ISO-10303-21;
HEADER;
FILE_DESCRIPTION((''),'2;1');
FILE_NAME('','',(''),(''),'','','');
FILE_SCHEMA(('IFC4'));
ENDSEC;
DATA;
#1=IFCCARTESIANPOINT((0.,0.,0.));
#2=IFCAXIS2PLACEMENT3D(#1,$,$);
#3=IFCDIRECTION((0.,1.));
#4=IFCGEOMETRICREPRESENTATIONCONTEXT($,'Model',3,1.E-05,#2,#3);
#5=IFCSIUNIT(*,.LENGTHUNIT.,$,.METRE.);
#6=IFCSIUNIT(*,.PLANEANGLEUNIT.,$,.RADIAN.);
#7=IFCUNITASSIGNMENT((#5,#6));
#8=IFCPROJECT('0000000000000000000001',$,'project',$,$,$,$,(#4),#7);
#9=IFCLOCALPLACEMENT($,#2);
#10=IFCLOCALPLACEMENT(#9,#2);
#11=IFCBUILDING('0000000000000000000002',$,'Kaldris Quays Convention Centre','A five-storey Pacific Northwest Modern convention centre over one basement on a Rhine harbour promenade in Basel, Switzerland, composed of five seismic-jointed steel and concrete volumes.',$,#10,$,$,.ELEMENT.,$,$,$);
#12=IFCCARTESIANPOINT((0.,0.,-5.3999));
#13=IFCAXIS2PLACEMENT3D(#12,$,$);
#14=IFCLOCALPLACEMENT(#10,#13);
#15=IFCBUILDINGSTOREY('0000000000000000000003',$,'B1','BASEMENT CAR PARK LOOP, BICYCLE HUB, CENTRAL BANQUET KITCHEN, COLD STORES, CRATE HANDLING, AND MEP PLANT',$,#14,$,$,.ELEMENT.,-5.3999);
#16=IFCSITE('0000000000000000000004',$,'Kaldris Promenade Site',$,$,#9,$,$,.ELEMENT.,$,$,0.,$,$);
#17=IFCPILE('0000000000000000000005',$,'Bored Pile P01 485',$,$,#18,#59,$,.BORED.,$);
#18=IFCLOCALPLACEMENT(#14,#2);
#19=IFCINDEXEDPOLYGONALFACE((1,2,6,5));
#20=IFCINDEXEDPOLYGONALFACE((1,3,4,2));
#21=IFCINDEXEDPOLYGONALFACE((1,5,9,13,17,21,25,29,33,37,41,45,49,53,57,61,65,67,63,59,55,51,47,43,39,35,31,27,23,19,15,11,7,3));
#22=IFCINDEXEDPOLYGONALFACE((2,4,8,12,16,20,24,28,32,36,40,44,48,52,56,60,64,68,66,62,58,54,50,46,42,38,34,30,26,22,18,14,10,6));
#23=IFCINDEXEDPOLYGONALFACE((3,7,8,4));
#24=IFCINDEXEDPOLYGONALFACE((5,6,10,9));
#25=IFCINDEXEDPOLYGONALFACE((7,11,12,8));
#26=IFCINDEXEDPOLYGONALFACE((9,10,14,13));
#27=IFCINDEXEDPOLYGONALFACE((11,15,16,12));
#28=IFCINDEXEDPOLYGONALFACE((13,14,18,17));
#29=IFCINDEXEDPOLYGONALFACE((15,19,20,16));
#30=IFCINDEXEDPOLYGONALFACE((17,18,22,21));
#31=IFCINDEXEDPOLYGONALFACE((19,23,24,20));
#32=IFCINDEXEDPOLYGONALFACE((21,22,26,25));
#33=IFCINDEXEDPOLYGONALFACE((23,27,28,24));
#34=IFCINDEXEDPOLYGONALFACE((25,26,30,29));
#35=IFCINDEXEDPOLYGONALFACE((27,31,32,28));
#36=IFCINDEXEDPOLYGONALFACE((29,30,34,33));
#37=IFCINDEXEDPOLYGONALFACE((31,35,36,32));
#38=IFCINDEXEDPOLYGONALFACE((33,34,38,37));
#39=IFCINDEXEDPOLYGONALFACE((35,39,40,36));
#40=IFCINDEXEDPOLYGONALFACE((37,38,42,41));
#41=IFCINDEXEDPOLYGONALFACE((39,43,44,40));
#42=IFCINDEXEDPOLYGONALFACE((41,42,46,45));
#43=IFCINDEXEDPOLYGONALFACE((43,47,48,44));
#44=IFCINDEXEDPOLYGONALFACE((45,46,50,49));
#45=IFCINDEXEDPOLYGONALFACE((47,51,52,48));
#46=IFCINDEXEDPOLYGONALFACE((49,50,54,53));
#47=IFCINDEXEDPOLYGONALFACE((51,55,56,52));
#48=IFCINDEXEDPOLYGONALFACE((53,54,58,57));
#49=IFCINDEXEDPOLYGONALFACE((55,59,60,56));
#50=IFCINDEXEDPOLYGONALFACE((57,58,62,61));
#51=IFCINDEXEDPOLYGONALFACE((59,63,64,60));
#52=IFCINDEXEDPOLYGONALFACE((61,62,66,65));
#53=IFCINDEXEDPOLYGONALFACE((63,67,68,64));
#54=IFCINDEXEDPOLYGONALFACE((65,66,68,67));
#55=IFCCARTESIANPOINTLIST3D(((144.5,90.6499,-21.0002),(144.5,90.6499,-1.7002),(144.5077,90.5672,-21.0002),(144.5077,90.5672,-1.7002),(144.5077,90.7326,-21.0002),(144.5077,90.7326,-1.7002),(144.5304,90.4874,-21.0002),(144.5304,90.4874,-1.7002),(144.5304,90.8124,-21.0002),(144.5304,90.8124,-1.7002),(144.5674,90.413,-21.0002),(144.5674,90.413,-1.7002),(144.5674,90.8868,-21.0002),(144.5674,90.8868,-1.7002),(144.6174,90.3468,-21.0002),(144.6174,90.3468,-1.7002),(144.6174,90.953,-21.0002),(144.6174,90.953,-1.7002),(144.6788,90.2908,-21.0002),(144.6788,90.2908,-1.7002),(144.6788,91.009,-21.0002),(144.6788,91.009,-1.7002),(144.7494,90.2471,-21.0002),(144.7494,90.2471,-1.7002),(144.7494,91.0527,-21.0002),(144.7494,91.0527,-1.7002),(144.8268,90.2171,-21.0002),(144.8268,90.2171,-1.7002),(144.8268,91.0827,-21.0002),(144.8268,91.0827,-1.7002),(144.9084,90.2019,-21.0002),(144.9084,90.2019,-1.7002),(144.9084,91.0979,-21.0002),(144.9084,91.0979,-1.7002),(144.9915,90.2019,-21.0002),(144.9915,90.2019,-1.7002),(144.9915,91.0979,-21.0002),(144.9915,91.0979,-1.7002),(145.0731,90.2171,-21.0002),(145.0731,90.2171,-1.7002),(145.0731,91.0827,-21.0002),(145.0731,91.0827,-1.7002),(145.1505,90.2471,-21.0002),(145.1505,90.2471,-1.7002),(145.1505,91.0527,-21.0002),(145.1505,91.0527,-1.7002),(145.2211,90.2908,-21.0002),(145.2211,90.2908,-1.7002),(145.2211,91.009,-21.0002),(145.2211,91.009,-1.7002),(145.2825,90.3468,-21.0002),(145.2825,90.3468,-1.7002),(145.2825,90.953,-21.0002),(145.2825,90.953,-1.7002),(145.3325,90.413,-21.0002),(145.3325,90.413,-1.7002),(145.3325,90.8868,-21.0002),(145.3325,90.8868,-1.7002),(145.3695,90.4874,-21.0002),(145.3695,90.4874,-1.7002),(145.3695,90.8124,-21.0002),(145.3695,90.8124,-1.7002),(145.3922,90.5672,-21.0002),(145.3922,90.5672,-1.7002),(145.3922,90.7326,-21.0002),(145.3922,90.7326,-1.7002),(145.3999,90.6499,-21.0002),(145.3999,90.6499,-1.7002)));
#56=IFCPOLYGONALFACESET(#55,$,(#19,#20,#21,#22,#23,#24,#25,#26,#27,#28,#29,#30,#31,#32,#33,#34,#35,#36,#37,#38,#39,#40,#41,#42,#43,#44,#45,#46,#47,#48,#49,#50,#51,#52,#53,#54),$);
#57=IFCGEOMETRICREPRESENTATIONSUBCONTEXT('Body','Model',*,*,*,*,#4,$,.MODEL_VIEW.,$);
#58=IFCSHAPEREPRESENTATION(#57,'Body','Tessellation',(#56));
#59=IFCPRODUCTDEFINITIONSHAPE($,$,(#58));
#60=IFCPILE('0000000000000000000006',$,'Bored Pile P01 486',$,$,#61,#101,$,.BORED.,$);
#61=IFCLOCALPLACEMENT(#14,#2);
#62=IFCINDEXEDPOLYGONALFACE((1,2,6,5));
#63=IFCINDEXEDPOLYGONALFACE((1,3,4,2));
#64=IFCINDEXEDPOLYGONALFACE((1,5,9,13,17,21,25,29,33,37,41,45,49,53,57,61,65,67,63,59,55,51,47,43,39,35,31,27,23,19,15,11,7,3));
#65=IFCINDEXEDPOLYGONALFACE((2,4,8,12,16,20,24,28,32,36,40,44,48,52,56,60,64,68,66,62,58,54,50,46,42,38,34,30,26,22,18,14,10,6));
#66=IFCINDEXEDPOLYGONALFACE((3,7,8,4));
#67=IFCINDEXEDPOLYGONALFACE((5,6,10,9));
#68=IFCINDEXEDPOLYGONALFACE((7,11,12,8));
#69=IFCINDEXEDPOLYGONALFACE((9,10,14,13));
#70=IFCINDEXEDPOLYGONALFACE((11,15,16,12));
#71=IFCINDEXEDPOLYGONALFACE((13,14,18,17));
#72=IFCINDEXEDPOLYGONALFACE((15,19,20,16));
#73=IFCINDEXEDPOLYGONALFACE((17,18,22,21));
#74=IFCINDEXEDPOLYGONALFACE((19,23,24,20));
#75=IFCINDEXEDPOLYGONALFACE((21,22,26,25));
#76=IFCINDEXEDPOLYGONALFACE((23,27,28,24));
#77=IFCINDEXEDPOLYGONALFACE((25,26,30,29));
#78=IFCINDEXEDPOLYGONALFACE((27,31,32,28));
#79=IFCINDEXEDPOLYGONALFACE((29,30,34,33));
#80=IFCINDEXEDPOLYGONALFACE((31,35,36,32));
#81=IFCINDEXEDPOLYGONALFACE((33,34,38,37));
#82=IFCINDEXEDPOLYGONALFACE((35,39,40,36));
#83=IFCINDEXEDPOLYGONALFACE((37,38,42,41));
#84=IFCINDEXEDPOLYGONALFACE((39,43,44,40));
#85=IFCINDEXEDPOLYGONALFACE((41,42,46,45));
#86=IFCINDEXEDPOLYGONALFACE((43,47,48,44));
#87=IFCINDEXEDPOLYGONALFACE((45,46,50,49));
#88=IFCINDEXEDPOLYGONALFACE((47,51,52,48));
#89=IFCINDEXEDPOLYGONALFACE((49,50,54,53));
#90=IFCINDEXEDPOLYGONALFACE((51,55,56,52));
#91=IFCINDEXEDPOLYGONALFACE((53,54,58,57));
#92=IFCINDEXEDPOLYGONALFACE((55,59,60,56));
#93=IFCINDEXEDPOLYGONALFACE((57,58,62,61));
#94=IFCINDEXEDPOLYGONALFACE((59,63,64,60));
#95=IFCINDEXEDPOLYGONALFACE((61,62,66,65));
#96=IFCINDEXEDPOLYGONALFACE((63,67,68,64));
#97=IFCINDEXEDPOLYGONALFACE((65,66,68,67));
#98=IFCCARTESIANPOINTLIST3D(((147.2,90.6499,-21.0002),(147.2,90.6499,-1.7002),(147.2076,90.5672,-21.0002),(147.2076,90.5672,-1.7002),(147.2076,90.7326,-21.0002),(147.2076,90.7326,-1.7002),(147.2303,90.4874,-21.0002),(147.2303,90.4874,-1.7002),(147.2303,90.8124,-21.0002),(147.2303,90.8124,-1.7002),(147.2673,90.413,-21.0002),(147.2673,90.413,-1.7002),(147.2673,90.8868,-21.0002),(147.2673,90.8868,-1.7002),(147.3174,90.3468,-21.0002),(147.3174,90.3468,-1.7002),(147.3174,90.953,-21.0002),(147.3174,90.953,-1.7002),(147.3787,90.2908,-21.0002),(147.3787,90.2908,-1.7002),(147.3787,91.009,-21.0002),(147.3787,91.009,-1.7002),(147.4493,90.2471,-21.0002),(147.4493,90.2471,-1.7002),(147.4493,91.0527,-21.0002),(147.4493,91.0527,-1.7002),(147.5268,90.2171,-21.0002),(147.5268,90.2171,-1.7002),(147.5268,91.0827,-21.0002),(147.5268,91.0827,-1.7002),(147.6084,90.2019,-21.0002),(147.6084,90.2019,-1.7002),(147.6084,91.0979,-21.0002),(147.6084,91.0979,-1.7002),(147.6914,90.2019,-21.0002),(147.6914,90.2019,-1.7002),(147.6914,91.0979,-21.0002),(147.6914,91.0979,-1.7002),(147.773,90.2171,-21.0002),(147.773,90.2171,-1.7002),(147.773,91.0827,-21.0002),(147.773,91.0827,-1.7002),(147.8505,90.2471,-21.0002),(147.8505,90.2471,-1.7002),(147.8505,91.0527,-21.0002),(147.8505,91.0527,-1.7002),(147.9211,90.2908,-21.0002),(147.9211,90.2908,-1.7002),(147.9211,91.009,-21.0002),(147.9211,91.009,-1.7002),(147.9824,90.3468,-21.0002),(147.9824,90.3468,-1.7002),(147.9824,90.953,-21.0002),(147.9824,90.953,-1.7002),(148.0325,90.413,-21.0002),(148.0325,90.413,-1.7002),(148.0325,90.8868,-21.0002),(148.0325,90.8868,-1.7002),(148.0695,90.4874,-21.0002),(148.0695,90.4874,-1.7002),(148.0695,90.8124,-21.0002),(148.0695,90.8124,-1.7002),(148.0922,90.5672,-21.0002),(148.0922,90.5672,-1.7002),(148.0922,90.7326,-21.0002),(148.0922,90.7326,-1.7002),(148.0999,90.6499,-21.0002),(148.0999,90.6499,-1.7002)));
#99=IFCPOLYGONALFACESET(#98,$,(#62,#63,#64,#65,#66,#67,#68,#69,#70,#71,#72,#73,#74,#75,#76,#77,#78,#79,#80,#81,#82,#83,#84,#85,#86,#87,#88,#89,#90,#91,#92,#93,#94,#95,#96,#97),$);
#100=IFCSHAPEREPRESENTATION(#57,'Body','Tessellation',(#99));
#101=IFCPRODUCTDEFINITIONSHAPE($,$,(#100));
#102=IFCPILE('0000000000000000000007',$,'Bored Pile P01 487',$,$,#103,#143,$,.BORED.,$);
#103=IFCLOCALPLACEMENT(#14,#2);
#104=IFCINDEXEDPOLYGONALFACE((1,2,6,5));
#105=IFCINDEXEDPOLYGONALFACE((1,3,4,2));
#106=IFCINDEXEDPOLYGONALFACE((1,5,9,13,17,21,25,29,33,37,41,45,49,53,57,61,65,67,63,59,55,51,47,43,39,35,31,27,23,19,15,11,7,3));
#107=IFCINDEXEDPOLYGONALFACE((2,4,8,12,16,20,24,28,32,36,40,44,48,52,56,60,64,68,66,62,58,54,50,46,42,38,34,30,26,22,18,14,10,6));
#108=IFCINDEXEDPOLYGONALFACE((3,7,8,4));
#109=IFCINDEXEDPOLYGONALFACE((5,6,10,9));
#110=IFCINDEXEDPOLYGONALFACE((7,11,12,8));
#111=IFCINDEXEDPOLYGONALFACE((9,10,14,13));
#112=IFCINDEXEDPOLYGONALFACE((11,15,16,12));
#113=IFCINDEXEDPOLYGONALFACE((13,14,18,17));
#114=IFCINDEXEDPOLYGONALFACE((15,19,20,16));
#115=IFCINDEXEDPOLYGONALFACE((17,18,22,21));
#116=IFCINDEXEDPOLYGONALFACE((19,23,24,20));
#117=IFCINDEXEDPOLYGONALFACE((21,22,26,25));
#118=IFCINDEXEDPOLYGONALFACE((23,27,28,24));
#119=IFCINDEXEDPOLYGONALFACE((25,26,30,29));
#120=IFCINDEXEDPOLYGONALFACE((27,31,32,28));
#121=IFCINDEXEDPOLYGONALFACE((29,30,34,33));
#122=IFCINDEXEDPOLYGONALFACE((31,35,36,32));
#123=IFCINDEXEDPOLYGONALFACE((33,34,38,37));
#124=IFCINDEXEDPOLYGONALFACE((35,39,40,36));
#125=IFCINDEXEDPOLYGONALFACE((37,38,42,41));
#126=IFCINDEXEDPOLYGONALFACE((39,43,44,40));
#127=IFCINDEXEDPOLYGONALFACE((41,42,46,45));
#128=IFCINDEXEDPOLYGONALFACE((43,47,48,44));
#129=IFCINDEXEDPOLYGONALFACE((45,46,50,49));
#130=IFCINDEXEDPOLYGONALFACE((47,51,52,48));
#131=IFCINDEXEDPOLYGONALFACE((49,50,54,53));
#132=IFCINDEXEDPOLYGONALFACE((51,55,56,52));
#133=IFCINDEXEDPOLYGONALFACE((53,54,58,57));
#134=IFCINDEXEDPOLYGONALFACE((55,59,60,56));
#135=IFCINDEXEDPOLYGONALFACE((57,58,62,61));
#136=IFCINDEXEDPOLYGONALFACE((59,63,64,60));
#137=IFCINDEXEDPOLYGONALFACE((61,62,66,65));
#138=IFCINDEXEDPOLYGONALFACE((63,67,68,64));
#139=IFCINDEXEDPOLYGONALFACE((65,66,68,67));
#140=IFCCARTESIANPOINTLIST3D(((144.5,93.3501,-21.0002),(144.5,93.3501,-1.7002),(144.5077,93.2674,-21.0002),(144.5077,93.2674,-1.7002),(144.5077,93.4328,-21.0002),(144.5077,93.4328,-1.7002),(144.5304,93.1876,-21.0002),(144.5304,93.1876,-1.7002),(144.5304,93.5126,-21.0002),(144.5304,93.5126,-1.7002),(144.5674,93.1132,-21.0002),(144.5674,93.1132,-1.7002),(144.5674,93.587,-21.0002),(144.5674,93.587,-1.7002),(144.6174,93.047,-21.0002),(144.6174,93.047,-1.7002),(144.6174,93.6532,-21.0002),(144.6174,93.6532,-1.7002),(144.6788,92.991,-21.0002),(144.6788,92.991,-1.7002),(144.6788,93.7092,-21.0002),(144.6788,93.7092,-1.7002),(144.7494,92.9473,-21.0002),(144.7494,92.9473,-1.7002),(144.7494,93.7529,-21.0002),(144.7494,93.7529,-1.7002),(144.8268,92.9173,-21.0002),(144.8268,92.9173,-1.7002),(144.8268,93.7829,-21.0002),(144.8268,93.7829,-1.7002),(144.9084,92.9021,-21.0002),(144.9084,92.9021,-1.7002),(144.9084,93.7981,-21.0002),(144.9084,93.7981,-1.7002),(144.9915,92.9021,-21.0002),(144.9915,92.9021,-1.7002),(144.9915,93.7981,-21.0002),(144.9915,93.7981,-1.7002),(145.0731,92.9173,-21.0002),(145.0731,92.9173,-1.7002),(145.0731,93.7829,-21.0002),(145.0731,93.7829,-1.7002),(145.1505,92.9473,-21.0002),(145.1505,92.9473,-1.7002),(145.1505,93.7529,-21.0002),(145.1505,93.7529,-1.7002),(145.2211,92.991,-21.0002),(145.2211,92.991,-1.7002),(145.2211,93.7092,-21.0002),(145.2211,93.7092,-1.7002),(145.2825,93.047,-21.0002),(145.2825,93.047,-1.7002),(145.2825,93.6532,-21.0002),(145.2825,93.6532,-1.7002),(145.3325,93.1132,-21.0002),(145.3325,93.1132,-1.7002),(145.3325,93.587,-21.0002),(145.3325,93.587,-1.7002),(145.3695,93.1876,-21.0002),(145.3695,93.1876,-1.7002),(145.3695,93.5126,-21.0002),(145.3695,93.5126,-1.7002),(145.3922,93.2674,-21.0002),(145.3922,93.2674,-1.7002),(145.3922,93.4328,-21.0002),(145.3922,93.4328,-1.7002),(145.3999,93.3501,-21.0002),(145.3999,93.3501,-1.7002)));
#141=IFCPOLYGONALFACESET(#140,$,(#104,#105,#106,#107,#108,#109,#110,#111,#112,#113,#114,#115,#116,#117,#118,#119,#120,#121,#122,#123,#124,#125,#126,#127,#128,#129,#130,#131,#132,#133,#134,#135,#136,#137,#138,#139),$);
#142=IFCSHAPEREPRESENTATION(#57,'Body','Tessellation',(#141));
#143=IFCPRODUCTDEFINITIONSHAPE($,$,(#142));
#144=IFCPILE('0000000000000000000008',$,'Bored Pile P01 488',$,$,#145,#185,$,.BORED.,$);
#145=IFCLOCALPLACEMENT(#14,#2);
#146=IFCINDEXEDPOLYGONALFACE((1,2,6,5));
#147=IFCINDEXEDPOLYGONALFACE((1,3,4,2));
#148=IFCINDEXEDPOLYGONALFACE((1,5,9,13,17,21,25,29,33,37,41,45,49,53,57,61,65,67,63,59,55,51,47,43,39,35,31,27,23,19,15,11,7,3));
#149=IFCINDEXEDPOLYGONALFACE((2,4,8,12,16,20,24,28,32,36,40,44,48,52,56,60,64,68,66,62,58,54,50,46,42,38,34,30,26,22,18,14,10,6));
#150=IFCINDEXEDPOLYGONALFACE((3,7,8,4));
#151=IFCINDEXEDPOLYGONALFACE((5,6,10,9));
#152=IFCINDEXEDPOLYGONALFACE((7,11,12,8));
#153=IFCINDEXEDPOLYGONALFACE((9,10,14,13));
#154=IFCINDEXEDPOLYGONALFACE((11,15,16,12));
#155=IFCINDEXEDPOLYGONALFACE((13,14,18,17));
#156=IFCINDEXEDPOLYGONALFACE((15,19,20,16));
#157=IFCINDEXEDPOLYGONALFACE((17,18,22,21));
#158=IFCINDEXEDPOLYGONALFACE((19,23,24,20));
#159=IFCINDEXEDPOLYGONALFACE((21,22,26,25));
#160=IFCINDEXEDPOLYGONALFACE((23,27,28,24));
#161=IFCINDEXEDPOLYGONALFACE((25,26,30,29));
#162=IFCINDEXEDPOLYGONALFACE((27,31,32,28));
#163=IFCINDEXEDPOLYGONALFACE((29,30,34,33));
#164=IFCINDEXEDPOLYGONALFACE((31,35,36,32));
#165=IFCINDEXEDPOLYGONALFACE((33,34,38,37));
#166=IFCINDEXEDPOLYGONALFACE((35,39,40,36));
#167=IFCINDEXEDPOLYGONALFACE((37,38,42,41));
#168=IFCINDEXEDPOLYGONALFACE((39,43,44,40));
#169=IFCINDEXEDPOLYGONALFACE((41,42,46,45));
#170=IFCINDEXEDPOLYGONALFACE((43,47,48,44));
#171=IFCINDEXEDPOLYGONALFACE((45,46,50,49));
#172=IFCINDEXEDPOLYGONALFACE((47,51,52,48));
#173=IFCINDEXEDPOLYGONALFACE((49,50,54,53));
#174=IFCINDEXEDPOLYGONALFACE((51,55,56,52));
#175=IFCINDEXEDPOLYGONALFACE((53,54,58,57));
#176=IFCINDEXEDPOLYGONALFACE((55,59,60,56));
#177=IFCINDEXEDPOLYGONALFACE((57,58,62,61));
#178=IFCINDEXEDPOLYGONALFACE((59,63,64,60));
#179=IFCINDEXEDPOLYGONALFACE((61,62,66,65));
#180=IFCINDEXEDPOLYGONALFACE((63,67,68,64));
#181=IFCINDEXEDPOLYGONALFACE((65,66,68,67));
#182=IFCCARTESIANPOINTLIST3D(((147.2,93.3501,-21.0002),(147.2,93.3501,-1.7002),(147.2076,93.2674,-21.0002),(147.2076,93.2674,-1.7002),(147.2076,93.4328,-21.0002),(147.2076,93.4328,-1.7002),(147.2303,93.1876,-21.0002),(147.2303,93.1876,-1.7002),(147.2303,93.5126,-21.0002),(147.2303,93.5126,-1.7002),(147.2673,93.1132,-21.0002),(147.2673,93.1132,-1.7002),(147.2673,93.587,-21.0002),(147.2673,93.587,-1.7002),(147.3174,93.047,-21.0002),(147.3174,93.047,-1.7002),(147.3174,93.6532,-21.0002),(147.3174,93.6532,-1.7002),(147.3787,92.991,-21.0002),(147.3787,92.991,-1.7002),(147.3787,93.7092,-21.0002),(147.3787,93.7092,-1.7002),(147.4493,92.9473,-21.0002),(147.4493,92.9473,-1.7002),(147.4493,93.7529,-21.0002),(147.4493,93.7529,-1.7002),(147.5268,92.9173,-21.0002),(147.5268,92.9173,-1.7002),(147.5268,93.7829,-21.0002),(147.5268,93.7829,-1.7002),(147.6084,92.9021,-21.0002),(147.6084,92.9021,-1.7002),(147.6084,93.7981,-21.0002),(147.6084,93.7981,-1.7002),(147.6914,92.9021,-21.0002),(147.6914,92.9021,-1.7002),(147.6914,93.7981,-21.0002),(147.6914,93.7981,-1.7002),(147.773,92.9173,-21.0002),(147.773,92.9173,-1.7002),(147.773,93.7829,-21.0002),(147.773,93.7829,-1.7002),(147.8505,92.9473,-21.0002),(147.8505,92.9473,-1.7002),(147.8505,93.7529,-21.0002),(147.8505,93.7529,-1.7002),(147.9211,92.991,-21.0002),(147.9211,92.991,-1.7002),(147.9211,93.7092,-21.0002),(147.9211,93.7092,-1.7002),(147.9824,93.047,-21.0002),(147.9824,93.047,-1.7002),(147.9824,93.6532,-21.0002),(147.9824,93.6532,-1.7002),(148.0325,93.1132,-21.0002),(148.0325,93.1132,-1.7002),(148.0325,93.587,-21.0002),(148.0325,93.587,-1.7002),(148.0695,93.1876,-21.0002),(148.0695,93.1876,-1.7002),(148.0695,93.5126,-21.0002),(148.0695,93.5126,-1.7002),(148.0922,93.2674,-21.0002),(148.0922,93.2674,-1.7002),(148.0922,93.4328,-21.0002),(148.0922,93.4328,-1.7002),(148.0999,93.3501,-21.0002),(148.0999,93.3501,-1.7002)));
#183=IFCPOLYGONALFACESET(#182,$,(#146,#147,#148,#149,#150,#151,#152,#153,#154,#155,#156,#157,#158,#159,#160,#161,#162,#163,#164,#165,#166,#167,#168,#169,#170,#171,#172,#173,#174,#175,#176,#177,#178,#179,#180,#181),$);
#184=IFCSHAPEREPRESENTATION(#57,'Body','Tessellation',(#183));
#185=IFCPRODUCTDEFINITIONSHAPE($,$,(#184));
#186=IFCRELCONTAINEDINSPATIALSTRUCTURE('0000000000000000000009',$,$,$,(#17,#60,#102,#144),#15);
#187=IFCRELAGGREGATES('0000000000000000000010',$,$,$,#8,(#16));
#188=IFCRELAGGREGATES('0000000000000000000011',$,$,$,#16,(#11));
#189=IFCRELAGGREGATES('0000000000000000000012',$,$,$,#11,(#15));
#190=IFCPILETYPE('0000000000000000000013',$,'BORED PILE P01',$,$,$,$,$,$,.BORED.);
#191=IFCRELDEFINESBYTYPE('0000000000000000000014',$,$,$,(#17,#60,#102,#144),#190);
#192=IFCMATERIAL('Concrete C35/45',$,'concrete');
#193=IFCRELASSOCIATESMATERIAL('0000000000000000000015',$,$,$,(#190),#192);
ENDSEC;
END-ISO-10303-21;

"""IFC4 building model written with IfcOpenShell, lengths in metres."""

from ifc_helpers import new_model, si_unit, direction, frame, origin, origin_2d, place, context, subcontext, project, spatial, circle, extrude, material, material_profile, profile_set, type_object, element, save


model = new_model("IFC4")

# Units and contexts
model_context = context("Model", 3, precision=1e-05, world=origin(), true_north=direction((0.0, 1.0)))
body_context = subcontext(model_context, "Body", "Model", "MODEL_VIEW")
ifc_project = project(units=[si_unit("LENGTHUNIT", "METRE"), si_unit("PLANEANGLEUNIT", "RADIAN")], contexts=[model_context])

# Site, building, storey
site_placement = place(None, origin())
site = spatial("IfcSite", under=ifc_project, at=site_placement, Name="Kaldris Promenade Site", CompositionType="ELEMENT", RefElevation=0.0)
building_placement = place(site_placement, origin())
building = spatial("IfcBuilding", under=site, at=building_placement, Name="Kaldris Quays Convention Centre", Description="A five-storey Pacific Northwest Modern convention centre over one basement on a Rhine harbour promenade in Basel, Switzerland, composed of five seismic-jointed steel and concrete volumes.", CompositionType="ELEMENT")
storey_placement = place(building_placement, frame((0.0, 0.0, -5.3999)))
storey = spatial("IfcBuildingStorey", under=building, at=storey_placement, Name="B1", Description="BASEMENT CAR PARK LOOP, BICYCLE HUB, CENTRAL BANQUET KITCHEN, COLD STORES, CRATE HANDLING, AND MEP PLANT", CompositionType="ELEMENT", Elevation=-5.3999)

# Piles
ifc_material_1 = material(Name="Concrete C35/45", Category="concrete")
ifc_material_profile_1 = material_profile(ifc_material_1, circle(Radius=0.45, at=origin_2d()), Name="BORED PILE D900")
ifc_profile_set_1 = profile_set([ifc_material_profile_1], Name="Concrete C35/45")
pile_type_1 = type_object("IfcPileType", Name="BORED PILE P01", PredefinedType="BORED", material=ifc_profile_set_1)
for number, where, z_axis, x_axis, name in (
    (1, (144.95, 90.6499, -1.7002), (0.0, 0.0, -1.0), (1.0, 0.0, 0.0), "Bored Pile P01 485"),
    (2, (147.6499, 90.6499, -1.7002), (0.0, 0.0, -1.0), (1.0, 0.0, 0.0), "Bored Pile P01 486"),
    (3, (144.95, 93.3501, -1.7002), (0.0, 0.0, -1.0), (1.0, 0.0, 0.0), "Bored Pile P01 487"),
    (4, (147.6499, 93.3501, -1.7002), (0.0, 0.0, -1.0), (1.0, 0.0, 0.0), "Bored Pile P01 488"),
):
    element("IfcPile", number, at=place(storey_placement, frame(where, z_axis=z_axis, x_axis=x_axis)), inside=storey, type_object=pile_type_1, Name=name, PredefinedType="BORED", context=body_context, shape_type="SweptSolid", body=[
        extrude(circle(Radius=0.45, at=origin_2d()), origin(), (0.0, 0.0, 1.0), 19.3),
    ])

save(model, "model.ifc")
